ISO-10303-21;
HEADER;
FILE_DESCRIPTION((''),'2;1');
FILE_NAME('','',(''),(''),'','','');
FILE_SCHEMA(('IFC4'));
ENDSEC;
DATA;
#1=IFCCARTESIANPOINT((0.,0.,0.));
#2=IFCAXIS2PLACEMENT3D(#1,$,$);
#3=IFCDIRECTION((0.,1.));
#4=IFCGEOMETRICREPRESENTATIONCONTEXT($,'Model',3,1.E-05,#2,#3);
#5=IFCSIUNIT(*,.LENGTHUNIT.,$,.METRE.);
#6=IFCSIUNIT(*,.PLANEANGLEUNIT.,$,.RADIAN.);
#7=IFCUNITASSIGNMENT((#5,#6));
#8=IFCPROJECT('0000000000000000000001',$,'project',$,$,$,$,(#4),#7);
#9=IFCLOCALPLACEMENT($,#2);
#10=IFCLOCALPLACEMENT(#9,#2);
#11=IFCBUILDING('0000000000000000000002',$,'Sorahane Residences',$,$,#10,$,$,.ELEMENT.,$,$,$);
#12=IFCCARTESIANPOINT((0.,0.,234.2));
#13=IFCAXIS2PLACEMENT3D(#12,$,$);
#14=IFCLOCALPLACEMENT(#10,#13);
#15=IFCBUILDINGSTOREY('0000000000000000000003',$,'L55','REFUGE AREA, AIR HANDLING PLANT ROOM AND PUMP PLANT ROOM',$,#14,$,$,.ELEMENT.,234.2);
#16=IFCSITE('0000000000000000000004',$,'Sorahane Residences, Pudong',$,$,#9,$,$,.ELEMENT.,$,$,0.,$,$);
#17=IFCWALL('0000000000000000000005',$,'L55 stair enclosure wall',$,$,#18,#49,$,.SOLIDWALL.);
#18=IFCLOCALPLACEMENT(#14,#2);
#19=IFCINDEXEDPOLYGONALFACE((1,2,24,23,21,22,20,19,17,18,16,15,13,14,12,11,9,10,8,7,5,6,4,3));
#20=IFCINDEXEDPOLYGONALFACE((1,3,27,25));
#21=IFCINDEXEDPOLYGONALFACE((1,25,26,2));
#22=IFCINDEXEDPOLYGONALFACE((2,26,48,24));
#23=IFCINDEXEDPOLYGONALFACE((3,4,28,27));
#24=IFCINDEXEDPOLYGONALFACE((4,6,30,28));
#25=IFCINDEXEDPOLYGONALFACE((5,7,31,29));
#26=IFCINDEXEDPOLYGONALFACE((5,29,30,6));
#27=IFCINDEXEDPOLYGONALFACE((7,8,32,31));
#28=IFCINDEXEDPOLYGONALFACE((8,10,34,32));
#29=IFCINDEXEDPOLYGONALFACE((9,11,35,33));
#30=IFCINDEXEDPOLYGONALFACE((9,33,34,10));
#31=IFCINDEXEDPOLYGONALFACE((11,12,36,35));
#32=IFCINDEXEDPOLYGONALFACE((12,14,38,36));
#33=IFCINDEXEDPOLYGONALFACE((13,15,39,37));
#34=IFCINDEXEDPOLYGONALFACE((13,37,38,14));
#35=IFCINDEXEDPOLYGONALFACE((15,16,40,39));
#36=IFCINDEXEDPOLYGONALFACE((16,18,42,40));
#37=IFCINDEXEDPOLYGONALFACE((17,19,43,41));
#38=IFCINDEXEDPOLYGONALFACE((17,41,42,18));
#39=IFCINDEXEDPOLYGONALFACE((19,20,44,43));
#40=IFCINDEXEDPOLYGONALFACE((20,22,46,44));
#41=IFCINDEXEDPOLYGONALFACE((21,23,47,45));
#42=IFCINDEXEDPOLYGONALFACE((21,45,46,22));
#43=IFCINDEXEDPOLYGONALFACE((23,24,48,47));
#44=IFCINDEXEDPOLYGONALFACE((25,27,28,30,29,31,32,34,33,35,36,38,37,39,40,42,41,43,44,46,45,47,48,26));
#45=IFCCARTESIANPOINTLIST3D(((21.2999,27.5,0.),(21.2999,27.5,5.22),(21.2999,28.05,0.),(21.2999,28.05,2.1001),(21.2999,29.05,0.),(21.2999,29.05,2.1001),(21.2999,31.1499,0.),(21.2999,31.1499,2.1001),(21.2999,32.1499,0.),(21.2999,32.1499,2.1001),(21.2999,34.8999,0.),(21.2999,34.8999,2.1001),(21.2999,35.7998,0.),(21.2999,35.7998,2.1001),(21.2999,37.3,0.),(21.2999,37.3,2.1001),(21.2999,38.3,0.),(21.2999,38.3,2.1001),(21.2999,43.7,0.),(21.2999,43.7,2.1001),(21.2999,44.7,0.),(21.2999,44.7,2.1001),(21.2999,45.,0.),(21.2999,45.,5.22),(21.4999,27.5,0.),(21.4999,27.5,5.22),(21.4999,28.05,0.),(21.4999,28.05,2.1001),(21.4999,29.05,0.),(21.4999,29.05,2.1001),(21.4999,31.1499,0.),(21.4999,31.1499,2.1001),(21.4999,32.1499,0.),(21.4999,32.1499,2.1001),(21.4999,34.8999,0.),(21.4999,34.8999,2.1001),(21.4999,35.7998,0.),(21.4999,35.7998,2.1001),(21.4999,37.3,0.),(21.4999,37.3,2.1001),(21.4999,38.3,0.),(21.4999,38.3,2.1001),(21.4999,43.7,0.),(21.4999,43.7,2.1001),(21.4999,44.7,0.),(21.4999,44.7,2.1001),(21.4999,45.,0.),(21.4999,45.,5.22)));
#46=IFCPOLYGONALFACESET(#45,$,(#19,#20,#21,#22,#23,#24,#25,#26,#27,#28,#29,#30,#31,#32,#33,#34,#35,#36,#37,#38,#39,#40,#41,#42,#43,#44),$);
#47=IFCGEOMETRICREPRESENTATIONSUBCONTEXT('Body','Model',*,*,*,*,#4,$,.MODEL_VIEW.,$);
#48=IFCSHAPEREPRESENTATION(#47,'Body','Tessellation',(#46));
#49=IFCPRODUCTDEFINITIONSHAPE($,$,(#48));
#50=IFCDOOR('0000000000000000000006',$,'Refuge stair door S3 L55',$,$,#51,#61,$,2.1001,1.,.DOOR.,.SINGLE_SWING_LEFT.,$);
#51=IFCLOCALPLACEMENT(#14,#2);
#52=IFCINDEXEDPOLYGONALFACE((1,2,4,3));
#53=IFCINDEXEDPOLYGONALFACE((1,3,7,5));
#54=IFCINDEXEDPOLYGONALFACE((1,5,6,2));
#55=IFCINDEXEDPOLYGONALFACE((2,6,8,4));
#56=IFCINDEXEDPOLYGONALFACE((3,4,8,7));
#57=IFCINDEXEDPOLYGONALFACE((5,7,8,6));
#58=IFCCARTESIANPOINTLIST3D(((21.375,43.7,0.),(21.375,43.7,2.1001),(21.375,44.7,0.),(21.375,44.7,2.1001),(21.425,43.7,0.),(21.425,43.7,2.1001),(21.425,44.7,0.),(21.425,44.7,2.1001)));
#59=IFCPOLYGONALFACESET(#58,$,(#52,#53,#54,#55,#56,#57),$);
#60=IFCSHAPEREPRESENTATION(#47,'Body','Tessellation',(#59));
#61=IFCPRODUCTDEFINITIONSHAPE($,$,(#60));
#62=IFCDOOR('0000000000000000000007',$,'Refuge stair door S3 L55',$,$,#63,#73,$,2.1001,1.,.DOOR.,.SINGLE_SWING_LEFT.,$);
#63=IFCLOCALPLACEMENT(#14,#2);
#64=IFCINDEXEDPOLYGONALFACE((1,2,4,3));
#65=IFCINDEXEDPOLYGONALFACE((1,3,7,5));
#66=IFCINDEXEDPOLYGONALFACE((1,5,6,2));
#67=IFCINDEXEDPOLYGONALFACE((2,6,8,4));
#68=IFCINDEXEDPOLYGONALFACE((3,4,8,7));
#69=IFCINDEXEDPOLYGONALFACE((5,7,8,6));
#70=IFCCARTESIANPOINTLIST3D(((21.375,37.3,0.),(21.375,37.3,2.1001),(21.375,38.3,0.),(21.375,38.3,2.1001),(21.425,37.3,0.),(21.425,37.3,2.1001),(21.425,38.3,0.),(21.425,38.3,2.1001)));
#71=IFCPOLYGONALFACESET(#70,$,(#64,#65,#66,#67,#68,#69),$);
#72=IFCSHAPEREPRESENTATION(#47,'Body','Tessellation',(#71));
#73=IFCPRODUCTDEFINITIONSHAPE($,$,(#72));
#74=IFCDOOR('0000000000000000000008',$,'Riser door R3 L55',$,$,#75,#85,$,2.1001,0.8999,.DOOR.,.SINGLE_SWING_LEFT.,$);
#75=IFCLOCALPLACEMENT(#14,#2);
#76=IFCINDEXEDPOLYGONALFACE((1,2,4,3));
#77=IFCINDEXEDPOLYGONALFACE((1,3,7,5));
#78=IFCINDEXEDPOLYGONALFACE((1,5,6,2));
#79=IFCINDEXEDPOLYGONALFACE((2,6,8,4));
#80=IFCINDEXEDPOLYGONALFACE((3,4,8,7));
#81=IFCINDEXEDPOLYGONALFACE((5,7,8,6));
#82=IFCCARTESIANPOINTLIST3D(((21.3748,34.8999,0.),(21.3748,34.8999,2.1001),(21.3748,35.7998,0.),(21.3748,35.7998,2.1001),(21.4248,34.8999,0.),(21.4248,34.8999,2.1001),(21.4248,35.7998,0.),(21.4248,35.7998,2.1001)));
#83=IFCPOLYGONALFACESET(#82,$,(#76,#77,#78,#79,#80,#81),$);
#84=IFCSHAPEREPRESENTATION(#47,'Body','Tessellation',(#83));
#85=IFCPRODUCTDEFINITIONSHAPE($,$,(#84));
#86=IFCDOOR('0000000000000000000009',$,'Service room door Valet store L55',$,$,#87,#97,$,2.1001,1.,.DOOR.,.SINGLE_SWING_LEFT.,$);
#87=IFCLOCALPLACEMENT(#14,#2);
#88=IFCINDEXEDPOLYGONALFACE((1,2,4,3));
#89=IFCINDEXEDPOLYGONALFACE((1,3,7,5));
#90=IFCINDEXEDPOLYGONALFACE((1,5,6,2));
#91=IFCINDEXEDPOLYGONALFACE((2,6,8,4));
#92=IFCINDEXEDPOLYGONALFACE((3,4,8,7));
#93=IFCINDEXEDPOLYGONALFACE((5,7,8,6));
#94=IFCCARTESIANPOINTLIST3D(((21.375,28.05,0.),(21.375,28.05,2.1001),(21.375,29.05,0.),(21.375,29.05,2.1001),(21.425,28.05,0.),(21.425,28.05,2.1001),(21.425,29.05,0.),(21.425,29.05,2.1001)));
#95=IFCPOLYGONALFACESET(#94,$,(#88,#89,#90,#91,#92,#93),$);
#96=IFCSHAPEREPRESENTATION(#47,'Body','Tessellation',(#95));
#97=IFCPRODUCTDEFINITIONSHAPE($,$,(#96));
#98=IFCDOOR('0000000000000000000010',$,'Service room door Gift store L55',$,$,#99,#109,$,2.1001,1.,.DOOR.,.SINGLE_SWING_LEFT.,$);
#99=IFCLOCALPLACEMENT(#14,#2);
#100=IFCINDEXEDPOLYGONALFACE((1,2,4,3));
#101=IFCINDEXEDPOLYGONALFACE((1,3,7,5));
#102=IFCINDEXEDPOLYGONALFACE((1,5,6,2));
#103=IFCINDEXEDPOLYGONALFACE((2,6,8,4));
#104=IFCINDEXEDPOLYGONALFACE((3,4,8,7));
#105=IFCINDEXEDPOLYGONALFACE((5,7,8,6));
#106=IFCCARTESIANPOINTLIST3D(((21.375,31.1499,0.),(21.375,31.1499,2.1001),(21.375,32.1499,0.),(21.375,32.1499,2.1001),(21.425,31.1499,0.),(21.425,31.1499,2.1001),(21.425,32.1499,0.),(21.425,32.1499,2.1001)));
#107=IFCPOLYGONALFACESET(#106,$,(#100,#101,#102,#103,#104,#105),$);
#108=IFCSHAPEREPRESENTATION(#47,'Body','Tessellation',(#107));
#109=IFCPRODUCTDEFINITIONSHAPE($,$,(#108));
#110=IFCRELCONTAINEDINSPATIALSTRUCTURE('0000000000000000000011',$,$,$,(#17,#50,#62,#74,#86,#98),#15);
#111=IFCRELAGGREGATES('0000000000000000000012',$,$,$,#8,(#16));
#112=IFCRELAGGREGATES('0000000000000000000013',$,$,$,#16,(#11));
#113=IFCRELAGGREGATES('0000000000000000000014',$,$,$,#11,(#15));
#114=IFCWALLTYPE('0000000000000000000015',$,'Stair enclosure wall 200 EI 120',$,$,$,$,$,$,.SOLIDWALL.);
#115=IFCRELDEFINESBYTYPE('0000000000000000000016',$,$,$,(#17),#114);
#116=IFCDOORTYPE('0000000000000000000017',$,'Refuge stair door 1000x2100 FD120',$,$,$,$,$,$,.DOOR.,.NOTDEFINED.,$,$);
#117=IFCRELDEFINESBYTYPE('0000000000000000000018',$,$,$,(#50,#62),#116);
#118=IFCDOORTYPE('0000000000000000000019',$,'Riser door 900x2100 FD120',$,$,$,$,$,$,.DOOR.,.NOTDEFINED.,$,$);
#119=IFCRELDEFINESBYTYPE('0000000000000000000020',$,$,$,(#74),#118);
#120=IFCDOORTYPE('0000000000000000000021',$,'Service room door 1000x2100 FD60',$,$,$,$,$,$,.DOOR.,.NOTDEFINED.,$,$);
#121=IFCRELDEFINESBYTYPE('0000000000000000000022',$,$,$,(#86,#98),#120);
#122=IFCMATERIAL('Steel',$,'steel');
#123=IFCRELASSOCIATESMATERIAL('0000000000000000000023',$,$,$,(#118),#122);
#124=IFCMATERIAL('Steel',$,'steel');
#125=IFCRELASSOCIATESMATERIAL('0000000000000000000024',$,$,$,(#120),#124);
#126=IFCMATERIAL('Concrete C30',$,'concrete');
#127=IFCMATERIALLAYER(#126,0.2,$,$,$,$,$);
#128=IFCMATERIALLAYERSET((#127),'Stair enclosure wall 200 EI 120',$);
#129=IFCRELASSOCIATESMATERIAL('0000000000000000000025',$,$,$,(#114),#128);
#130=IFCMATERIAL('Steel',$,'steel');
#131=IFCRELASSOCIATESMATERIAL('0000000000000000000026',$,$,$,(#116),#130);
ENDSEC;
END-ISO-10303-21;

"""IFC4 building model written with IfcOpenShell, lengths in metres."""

from ifc_helpers import new_model, si_unit, direction, frame, frame_2d, origin, place, context, subcontext, project, spatial, rectangle, extrude, material, layer, layer_set, type_object, element, fill, save


model = new_model("IFC4")

# Units and contexts
model_context = context("Model", 3, precision=1e-05, world=origin(), true_north=direction((0.0, 1.0)))
body_context = subcontext(model_context, "Body", "Model", "MODEL_VIEW")
ifc_project = project(units=[si_unit("LENGTHUNIT", "METRE"), si_unit("PLANEANGLEUNIT", "RADIAN")], contexts=[model_context])

# Site, building, storey
site_placement = place(None, origin())
site = spatial("IfcSite", under=ifc_project, at=site_placement, Name="Sorahane Residences, Pudong", CompositionType="ELEMENT", RefElevation=0.0)
building_placement = place(site_placement, origin())
building = spatial("IfcBuilding", under=site, at=building_placement, Name="Sorahane Residences", CompositionType="ELEMENT")
storey_placement = place(building_placement, frame((0.0, 0.0, 234.2)))
storey = spatial("IfcBuildingStorey", under=building, at=storey_placement, Name="L55", Description="REFUGE AREA, AIR HANDLING PLANT ROOM AND PUMP PLANT ROOM", CompositionType="ELEMENT", Elevation=234.2)

# Shared definitions
ifc_material_1 = material(Name="Steel", Category="steel")
door_type_1 = type_object("IfcDoorType", Name="Riser door 900x2100 FD120", OperationType="NOTDEFINED", PredefinedType="DOOR", material=ifc_material_1)

# Shared definitions
ifc_material_2 = material(Name="Steel", Category="steel")
door_type_2 = type_object("IfcDoorType", Name="Service room door 1000x2100 FD60", OperationType="NOTDEFINED", PredefinedType="DOOR", material=ifc_material_2)

# Wall, openings, doors
ifc_material_3 = material(Name="Concrete C30", Category="concrete")
ifc_layer_1 = layer(ifc_material_3, 0.2)
ifc_layer_set_1 = layer_set([ifc_layer_1], Name="Stair enclosure wall 200 EI 120")
wall_type_1 = type_object("IfcWallType", Name="Stair enclosure wall 200 EI 120", PredefinedType="SOLIDWALL", material=ifc_layer_set_1)
wall_1_placement = place(storey_placement, frame((21.3999, 27.5, 0.0), z_axis=(0.0, 0.0, 1.0), x_axis=(0.0, 1.0, 0.0)))
wall_1 = element("IfcWall", 1, at=wall_1_placement, inside=storey, type_object=wall_type_1, Name="L55 stair enclosure wall", PredefinedType="SOLIDWALL", context=body_context, shape_type="SweptSolid", body=[
    extrude(rectangle(XDim=17.5, YDim=0.2, at=frame_2d((8.75, 0.0))), origin(), (0.0, 0.0, 1.0), 5.22),
])
opening_1_placement = place(wall_1_placement, frame((0.55, 0.0, 0.0)))
opening_1 = element("IfcOpeningElement", 2, at=opening_1_placement, cuts=wall_1, PredefinedType="OPENING", context=body_context, shape_type="SweptSolid", body=[
    extrude(rectangle(XDim=1.0, YDim=2.1001, at=frame_2d((0.5, 1.05))), frame((0.0, 0.1099, 0.0), z_axis=(0.0, -1.0, 0.0), x_axis=(1.0, 0.0, 0.0)), (0.0, 0.0, 1.0), 0.22),
])
opening_2_placement = place(wall_1_placement, frame((3.6499, 0.0, 0.0)))
opening_2 = element("IfcOpeningElement", 3, at=opening_2_placement, cuts=wall_1, PredefinedType="OPENING", context=body_context, shape_type="SweptSolid", body=[
    extrude(rectangle(XDim=1.0, YDim=2.1001, at=frame_2d((0.5, 1.05))), frame((0.0, 0.1099, 0.0), z_axis=(0.0, -1.0, 0.0), x_axis=(1.0, 0.0, 0.0)), (0.0, 0.0, 1.0), 0.22),
])
opening_3_placement = place(wall_1_placement, frame((16.2, 0.0, 0.0)))
opening_3 = element("IfcOpeningElement", 4, at=opening_3_placement, cuts=wall_1, PredefinedType="OPENING", context=body_context, shape_type="SweptSolid", body=[
    extrude(rectangle(XDim=1.0, YDim=2.1001, at=frame_2d((0.5, 1.05))), frame((0.0, 0.1099, 0.0), z_axis=(0.0, -1.0, 0.0), x_axis=(1.0, 0.0, 0.0)), (0.0, 0.0, 1.0), 0.22),
])
opening_4_placement = place(wall_1_placement, frame((9.8, 0.0, 0.0)))
opening_4 = element("IfcOpeningElement", 5, at=opening_4_placement, cuts=wall_1, PredefinedType="OPENING", context=body_context, shape_type="SweptSolid", body=[
    extrude(rectangle(XDim=1.0, YDim=2.1001, at=frame_2d((0.5, 1.05))), frame((0.0, 0.1099, 0.0), z_axis=(0.0, -1.0, 0.0), x_axis=(1.0, 0.0, 0.0)), (0.0, 0.0, 1.0), 0.22),
])
opening_5_placement = place(wall_1_placement, frame((7.3999, 0.0, 0.0)))
opening_5 = element("IfcOpeningElement", 6, at=opening_5_placement, cuts=wall_1, PredefinedType="OPENING", context=body_context, shape_type="SweptSolid", body=[
    extrude(rectangle(XDim=0.8999, YDim=2.1001, at=frame_2d((0.45, 1.05))), frame((0.0, 0.1099, 0.0), z_axis=(0.0, -1.0, 0.0), x_axis=(1.0, 0.0, 0.0)), (0.0, 0.0, 1.0), 0.22),
])
ifc_material_4 = material(Name="Steel", Category="steel")
door_type_3 = type_object("IfcDoorType", Name="Refuge stair door 1000x2100 FD120", OperationType="NOTDEFINED", PredefinedType="DOOR", material=ifc_material_4)
door_1_placement = place(opening_3_placement, origin())
door_1 = element("IfcDoor", 7, at=door_1_placement, inside=storey, type_object=door_type_3, Name="Refuge stair door S3 L55", OperationType="SINGLE_SWING_LEFT", OverallHeight=2.1001, OverallWidth=1.0, PredefinedType="DOOR", context=body_context, shape_type="SweptSolid", body=[
    extrude(rectangle(XDim=1.0, YDim=2.1001, at=frame_2d((0.5, 1.05))), frame((0.0, 0.0249, 0.0), z_axis=(0.0, -1.0, 0.0), x_axis=(1.0, 0.0, 0.0)), (0.0, 0.0, 1.0), 0.05),
])
fill(opening_3, door_1)
door_2_placement = place(opening_4_placement, origin())
door_2 = element("IfcDoor", 8, at=door_2_placement, inside=storey, type_object=door_type_3, Name="Refuge stair door S3 L55", OperationType="SINGLE_SWING_LEFT", OverallHeight=2.1001, OverallWidth=1.0, PredefinedType="DOOR", context=body_context, shape_type="SweptSolid", body=[
    extrude(rectangle(XDim=1.0, YDim=2.1001, at=frame_2d((0.5, 1.05))), frame((0.0, 0.0249, 0.0), z_axis=(0.0, -1.0, 0.0), x_axis=(1.0, 0.0, 0.0)), (0.0, 0.0, 1.0), 0.05),
])
fill(opening_4, door_2)
door_3_placement = place(opening_5_placement, frame((0.8999, 0.0, 0.0), z_axis=(0.0, 0.0, 1.0), x_axis=(-1.0, 0.0, 0.0)))
door_3 = element("IfcDoor", 9, at=door_3_placement, inside=storey, type_object=door_type_1, Name="Riser door R3 L55", OperationType="SINGLE_SWING_LEFT", OverallHeight=2.1001, OverallWidth=0.8999, PredefinedType="DOOR", context=body_context, shape_type="SweptSolid", body=[
    extrude(rectangle(XDim=0.8999, YDim=2.1001, at=frame_2d((0.45, 1.05))), frame((0.0, 0.0249, 0.0), z_axis=(0.0, -1.0, 0.0), x_axis=(1.0, 0.0, 0.0)), (0.0, 0.0, 1.0), 0.05),
])
fill(opening_5, door_3)
door_4_placement = place(opening_1_placement, origin())
door_4 = element("IfcDoor", 10, at=door_4_placement, inside=storey, type_object=door_type_2, Name="Service room door Valet store L55", OperationType="SINGLE_SWING_LEFT", OverallHeight=2.1001, OverallWidth=1.0, PredefinedType="DOOR", context=body_context, shape_type="SweptSolid", body=[
    extrude(rectangle(XDim=1.0, YDim=2.1001, at=frame_2d((0.5, 1.05))), frame((0.0, 0.0249, 0.0), z_axis=(0.0, -1.0, 0.0), x_axis=(1.0, 0.0, 0.0)), (0.0, 0.0, 1.0), 0.05),
])
fill(opening_1, door_4)
door_5_placement = place(opening_2_placement, origin())
door_5 = element("IfcDoor", 11, at=door_5_placement, inside=storey, type_object=door_type_2, Name="Service room door Gift store L55", OperationType="SINGLE_SWING_LEFT", OverallHeight=2.1001, OverallWidth=1.0, PredefinedType="DOOR", context=body_context, shape_type="SweptSolid", body=[
    extrude(rectangle(XDim=1.0, YDim=2.1001, at=frame_2d((0.5, 1.05))), frame((0.0, 0.0249, 0.0), z_axis=(0.0, -1.0, 0.0), x_axis=(1.0, 0.0, 0.0)), (0.0, 0.0, 1.0), 0.05),
])
fill(opening_2, door_5)

save(model, "model.ifc")
